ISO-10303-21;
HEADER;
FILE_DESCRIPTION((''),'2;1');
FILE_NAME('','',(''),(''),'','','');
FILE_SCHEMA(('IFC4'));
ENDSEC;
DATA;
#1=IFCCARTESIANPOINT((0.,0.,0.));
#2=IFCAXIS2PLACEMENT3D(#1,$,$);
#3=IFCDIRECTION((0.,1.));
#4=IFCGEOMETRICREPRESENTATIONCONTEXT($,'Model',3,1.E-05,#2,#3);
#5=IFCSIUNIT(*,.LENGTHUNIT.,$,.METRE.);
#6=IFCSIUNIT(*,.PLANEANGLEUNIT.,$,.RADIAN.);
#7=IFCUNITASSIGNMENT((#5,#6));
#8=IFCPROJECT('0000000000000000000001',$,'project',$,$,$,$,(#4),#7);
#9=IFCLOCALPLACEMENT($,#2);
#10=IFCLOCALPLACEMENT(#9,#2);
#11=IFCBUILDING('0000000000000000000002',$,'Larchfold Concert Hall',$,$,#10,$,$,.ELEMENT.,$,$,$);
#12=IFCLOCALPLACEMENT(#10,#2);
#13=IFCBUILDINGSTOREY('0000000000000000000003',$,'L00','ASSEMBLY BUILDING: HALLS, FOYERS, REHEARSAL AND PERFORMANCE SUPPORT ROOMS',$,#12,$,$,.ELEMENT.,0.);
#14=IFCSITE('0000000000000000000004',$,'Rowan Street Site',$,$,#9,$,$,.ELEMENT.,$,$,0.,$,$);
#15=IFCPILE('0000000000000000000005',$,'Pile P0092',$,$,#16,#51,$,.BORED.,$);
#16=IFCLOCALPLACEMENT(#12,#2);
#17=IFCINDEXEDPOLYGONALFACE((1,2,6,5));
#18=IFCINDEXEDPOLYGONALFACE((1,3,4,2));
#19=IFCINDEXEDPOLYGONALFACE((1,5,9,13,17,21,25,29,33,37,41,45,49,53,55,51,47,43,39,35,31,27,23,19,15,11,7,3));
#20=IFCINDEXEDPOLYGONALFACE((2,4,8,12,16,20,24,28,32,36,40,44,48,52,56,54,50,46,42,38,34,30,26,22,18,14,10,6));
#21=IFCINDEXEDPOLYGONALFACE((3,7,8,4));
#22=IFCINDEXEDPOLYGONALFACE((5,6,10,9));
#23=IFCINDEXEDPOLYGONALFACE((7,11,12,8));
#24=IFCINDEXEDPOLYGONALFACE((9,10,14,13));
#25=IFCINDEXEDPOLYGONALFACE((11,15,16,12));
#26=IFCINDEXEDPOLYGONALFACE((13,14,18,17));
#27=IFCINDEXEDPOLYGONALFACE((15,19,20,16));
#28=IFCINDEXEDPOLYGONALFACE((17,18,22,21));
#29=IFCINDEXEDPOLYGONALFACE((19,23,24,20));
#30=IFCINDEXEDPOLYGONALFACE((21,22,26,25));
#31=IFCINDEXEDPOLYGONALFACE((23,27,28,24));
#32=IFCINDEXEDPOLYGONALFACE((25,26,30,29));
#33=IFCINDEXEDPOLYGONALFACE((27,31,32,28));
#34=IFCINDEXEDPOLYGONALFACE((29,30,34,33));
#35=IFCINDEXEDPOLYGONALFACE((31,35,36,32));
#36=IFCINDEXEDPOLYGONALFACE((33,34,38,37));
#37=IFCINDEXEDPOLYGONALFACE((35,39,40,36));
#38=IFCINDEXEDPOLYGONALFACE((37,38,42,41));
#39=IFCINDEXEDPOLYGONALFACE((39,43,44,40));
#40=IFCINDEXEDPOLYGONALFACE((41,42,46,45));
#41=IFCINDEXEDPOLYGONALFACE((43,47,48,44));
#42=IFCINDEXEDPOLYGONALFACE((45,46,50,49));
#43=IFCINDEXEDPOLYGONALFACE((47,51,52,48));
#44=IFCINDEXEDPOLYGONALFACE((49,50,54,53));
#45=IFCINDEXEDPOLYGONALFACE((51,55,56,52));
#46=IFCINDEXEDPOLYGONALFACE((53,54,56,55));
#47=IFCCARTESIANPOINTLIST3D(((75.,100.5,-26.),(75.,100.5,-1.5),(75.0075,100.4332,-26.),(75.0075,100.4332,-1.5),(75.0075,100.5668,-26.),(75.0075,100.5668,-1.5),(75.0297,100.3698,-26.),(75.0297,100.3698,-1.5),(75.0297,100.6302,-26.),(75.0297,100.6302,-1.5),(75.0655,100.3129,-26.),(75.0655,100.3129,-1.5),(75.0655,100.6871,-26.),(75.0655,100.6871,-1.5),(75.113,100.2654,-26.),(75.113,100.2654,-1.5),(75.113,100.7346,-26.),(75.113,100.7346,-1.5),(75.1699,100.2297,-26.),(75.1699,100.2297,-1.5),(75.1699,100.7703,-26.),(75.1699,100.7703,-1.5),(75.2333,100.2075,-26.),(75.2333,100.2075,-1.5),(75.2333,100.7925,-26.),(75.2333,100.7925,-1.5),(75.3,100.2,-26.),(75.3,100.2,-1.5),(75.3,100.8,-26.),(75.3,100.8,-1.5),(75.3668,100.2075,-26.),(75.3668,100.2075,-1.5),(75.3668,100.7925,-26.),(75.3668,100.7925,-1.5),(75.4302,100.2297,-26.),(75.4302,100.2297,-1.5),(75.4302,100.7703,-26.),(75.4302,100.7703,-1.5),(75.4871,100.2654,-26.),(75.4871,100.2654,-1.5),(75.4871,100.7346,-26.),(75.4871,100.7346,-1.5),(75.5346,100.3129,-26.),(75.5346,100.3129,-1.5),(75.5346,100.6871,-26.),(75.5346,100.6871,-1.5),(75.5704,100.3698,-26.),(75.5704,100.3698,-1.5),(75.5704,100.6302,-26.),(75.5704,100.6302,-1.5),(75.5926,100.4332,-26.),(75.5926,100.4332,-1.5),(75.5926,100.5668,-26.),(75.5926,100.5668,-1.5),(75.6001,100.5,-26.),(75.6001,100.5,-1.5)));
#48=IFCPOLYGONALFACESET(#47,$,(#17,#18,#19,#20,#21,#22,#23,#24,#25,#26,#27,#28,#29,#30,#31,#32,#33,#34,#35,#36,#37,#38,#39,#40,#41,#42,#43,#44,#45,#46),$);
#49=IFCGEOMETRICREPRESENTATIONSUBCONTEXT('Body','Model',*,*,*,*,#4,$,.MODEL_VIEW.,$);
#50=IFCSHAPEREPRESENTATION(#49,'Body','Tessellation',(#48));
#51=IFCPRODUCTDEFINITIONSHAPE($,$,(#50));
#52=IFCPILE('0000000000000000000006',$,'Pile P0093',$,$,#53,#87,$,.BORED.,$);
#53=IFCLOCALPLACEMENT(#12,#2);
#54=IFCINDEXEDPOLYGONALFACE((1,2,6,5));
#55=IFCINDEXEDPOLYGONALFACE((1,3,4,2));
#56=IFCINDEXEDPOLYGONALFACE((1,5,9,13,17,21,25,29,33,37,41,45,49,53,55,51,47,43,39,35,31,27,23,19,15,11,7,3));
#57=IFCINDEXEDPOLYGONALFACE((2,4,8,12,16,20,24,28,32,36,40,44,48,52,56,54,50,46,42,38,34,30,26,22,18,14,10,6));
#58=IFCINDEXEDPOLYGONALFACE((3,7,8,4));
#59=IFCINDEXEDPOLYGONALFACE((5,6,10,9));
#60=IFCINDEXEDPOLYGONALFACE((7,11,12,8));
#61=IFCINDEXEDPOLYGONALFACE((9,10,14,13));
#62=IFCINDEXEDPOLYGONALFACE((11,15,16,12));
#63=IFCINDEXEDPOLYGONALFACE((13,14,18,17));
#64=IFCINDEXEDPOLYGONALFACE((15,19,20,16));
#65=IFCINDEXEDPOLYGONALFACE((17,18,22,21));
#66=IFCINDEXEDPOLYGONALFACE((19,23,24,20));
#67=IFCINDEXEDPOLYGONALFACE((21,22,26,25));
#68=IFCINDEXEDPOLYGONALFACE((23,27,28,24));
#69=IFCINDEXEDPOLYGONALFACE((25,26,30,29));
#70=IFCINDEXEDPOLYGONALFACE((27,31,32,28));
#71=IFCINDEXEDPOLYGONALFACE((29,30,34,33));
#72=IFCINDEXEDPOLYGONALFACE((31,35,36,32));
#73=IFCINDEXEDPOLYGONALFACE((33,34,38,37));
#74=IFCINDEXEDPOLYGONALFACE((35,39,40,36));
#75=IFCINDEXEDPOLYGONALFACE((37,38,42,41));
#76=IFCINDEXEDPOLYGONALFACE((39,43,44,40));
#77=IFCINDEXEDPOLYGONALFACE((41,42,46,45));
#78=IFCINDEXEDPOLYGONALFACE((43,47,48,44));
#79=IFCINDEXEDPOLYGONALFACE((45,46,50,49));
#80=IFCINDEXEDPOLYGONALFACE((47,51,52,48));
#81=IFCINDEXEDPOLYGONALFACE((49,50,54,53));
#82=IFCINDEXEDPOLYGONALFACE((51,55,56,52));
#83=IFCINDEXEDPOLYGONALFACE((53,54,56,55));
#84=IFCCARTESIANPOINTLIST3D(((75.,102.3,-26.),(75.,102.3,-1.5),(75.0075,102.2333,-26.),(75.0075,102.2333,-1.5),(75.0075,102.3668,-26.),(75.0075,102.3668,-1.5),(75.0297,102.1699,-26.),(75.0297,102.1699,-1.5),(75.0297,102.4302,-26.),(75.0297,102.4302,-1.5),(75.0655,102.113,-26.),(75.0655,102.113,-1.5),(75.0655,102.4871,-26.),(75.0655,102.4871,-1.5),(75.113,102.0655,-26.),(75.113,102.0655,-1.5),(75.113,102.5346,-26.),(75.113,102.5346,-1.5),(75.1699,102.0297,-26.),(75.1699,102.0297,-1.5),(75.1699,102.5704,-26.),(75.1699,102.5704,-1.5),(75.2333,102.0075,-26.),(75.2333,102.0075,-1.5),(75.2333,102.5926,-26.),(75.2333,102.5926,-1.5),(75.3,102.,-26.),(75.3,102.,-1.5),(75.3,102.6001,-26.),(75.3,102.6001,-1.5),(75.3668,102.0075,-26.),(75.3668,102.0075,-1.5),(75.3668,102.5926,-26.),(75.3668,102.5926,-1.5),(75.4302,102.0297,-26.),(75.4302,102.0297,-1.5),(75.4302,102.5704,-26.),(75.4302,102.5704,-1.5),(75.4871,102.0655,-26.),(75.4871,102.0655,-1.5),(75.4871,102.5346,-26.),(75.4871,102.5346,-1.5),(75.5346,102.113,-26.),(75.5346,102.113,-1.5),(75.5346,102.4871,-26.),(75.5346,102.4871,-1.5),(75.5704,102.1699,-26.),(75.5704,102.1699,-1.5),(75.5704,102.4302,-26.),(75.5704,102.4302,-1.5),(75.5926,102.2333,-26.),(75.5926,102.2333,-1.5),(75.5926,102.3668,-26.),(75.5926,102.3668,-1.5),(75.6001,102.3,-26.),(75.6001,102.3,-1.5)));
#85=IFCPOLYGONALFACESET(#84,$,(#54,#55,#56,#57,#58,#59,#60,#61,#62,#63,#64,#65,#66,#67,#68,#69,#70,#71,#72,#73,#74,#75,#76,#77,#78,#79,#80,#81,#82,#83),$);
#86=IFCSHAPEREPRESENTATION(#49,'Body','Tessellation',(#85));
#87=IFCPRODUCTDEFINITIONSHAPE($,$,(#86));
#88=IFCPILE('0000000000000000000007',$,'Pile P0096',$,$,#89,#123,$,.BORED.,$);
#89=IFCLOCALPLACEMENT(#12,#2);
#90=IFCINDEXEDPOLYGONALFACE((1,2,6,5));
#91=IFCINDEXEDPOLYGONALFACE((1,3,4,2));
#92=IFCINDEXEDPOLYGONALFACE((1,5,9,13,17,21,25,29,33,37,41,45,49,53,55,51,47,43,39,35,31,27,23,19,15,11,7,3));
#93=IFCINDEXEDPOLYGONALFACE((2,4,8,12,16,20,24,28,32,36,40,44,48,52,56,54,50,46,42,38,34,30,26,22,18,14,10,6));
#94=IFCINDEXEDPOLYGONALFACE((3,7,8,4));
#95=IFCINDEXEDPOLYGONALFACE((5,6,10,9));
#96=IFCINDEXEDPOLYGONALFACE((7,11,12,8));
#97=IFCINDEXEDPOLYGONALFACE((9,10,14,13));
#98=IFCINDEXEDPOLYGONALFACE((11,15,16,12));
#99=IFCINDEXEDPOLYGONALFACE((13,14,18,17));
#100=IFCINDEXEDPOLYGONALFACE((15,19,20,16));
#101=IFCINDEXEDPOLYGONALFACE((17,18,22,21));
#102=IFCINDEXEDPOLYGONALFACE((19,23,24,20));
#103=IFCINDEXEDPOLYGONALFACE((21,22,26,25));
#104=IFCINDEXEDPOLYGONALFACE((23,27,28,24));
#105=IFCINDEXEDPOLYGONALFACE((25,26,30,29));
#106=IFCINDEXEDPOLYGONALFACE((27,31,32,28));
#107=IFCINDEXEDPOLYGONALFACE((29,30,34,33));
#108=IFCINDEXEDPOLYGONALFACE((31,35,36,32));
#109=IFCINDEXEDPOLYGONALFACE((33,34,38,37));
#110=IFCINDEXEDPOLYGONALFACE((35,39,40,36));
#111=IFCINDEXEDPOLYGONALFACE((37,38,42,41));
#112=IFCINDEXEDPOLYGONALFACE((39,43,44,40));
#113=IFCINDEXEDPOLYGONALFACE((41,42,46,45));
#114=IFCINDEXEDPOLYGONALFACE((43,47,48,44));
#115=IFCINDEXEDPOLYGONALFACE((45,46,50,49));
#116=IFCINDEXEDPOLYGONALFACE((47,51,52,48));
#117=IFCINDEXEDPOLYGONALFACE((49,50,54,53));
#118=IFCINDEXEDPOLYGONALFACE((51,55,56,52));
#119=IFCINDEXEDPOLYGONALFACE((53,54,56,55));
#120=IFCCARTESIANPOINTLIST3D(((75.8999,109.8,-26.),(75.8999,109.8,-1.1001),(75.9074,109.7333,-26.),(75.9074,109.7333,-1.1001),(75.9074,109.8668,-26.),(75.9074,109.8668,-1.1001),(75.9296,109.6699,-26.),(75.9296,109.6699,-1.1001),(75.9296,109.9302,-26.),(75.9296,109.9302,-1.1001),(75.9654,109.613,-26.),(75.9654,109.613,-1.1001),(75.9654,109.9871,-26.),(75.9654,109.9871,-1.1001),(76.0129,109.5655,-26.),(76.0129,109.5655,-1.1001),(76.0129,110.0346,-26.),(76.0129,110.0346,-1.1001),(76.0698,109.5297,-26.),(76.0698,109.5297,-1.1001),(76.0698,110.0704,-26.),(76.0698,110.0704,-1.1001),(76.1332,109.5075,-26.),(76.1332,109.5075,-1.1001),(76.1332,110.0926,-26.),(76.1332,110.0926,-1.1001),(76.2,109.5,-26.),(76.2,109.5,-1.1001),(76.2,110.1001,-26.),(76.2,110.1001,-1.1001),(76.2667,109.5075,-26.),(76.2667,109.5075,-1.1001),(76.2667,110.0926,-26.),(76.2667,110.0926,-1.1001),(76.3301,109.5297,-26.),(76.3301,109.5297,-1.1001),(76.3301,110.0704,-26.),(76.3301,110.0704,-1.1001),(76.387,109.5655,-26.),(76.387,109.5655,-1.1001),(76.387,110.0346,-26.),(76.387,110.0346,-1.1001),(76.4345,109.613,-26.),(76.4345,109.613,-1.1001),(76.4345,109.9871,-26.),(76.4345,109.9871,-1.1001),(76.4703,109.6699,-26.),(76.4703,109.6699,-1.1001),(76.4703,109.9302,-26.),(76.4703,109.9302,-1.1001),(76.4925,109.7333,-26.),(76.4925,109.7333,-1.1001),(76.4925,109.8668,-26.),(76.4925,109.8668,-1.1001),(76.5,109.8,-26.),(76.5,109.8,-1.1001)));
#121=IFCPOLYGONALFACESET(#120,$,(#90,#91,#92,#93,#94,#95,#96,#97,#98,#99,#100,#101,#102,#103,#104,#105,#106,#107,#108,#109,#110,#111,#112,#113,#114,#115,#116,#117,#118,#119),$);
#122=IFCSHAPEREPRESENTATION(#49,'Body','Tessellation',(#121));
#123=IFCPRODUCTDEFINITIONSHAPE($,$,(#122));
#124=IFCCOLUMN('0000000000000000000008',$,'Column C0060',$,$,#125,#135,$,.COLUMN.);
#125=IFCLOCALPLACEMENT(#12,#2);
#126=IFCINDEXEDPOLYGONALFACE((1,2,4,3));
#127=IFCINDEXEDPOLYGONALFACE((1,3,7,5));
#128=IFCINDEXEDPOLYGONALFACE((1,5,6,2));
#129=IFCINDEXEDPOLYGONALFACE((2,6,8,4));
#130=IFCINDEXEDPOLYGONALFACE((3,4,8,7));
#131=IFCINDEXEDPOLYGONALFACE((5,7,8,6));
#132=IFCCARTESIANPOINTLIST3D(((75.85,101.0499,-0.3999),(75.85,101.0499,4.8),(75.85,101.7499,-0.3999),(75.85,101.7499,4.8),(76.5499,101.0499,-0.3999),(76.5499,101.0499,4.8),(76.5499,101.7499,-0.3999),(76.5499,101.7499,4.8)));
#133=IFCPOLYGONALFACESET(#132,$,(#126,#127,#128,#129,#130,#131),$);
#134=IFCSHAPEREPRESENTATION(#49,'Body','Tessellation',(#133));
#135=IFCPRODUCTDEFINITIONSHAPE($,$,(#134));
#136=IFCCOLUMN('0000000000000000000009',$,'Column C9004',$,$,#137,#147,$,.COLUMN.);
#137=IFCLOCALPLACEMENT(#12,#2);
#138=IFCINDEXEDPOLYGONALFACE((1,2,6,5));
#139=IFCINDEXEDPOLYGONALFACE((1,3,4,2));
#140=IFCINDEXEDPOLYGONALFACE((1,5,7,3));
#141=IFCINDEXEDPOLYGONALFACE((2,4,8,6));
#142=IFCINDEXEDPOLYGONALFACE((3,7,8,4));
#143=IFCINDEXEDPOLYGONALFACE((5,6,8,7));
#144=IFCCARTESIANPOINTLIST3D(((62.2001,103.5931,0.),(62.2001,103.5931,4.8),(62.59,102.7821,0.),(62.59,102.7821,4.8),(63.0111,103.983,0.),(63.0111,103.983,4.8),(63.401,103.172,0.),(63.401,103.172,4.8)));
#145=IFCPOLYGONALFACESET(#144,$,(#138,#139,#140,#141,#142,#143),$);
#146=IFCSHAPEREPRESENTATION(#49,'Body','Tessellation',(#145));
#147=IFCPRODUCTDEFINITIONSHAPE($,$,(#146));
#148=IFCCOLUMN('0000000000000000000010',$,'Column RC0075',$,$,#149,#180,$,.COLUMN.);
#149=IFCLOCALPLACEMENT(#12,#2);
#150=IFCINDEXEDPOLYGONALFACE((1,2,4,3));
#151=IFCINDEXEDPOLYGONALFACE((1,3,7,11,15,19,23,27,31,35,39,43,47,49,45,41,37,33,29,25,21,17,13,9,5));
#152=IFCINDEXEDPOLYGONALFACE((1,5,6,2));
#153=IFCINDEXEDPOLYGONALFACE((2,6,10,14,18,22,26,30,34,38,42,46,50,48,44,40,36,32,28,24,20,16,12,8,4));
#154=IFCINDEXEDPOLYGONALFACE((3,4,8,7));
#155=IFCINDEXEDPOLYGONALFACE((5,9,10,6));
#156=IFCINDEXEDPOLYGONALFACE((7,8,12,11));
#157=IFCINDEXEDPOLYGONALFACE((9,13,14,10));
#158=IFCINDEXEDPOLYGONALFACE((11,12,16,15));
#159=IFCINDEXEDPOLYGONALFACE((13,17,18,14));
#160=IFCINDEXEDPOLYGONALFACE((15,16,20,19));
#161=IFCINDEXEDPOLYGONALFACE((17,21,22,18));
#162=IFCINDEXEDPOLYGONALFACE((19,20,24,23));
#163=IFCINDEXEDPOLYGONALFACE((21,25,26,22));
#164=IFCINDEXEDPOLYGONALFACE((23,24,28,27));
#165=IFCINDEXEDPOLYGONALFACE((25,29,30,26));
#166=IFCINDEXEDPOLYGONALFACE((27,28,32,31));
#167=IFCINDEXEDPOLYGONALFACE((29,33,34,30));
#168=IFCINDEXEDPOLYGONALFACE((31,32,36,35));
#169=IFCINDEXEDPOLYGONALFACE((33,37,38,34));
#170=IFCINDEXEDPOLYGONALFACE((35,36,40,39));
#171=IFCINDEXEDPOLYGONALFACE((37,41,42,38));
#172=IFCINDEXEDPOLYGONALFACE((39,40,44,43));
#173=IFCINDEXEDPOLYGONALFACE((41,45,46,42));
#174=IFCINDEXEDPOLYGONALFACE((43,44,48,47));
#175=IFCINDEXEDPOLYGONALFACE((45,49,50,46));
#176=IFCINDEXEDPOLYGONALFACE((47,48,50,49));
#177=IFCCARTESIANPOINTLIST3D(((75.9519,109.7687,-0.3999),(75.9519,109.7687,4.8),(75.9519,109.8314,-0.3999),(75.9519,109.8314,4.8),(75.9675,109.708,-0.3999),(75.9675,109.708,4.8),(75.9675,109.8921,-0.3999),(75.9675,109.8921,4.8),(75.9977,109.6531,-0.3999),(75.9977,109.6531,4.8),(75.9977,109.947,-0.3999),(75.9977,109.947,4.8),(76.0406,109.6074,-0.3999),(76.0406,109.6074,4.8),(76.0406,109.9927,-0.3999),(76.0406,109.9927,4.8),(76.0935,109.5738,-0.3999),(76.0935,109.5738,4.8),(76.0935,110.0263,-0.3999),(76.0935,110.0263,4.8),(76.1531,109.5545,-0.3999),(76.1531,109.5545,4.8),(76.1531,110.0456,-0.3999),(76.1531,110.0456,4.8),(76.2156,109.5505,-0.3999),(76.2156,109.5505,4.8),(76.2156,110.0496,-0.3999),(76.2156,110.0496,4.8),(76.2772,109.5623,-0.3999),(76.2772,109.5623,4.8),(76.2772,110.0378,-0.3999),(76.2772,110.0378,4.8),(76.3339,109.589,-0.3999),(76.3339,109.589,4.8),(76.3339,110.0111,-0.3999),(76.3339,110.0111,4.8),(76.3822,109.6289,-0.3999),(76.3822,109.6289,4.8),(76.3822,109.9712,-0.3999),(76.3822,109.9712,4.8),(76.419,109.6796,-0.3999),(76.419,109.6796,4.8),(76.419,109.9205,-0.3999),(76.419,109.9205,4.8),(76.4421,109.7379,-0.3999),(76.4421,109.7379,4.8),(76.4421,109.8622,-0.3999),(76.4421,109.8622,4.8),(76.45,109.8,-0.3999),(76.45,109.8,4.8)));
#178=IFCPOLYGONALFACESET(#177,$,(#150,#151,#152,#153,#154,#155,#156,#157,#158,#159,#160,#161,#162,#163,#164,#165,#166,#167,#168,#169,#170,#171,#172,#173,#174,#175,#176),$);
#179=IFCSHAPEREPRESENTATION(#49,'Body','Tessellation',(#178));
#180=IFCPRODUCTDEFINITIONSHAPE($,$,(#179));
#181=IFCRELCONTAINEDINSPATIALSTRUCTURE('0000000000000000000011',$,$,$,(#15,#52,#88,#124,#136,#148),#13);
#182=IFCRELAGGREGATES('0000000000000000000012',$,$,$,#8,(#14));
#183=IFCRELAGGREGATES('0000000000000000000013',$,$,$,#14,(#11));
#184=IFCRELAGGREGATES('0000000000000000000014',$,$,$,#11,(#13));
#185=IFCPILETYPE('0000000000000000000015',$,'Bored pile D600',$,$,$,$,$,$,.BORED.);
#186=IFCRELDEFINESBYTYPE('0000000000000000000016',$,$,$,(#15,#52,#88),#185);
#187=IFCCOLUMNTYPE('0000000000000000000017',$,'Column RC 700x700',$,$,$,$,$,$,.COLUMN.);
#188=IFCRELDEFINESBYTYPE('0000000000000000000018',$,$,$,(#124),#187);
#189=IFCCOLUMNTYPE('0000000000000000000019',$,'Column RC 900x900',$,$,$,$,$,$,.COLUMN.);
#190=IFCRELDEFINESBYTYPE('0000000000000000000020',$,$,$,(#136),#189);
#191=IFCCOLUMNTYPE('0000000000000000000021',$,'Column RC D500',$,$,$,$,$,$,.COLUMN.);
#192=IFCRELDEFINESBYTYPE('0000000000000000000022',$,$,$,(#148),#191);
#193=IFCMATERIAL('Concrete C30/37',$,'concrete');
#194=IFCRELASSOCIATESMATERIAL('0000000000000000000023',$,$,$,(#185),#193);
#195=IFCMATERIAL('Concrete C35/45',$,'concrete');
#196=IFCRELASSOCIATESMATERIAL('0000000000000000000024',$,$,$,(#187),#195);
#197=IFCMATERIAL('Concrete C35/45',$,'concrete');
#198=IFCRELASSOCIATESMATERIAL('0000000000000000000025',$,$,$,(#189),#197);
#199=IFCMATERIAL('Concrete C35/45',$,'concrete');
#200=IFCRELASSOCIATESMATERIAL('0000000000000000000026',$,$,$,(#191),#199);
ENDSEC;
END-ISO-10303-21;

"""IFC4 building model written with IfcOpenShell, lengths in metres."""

from ifc_helpers import new_model, si_unit, direction, frame, origin, origin_2d, place, context, subcontext, project, spatial, rectangle, circle, extrude, material, material_profile, profile_set, type_object, element, save


model = new_model("IFC4")

# Units and contexts
model_context = context("Model", 3, precision=1e-05, world=origin(), true_north=direction((0.0, 1.0)))
body_context = subcontext(model_context, "Body", "Model", "MODEL_VIEW")
ifc_project = project(units=[si_unit("LENGTHUNIT", "METRE"), si_unit("PLANEANGLEUNIT", "RADIAN")], contexts=[model_context])

# Site, building, storey
site_placement = place(None, origin())
site = spatial("IfcSite", under=ifc_project, at=site_placement, Name="Rowan Street Site", CompositionType="ELEMENT", RefElevation=0.0)
building_placement = place(site_placement, origin())
building = spatial("IfcBuilding", under=site, at=building_placement, Name="Larchfold Concert Hall", CompositionType="ELEMENT")
storey_placement = place(building_placement, origin())
storey = spatial("IfcBuildingStorey", under=building, at=storey_placement, Name="L00", Description="ASSEMBLY BUILDING: HALLS, FOYERS, REHEARSAL AND PERFORMANCE SUPPORT ROOMS", CompositionType="ELEMENT", Elevation=0.0)

# Piles
ifc_material_1 = material(Name="Concrete C30/37", Category="concrete")
ifc_material_profile_1 = material_profile(ifc_material_1, circle(Radius=0.3, at=origin_2d()))
ifc_profile_set_1 = profile_set([ifc_material_profile_1], Name="Concrete C30/37")
pile_type = type_object("IfcPileType", Name="Bored pile D600", PredefinedType="BORED", material=ifc_profile_set_1)
for number, where, z_axis, x_axis, name in (
    (1, (75.3, 100.5, -1.5), (0.0, 0.0, -1.0), (1.0, 0.0, 0.0), "Pile P0092"),
    (2, (75.3, 102.3, -1.5), (0.0, 0.0, -1.0), (1.0, 0.0, 0.0), "Pile P0093"),
):
    element("IfcPile", number, at=place(storey_placement, frame(where, z_axis=z_axis, x_axis=x_axis)), inside=storey, type_object=pile_type, Name=name, PredefinedType="BORED", context=body_context, shape_type="SweptSolid", body=[
        extrude(circle(Radius=0.3, at=origin_2d()), origin(), (0.0, 0.0, 1.0), 24.5),
    ])
pile_placement = place(storey_placement, frame((76.2, 109.8, -1.1001), z_axis=(0.0, 0.0, -1.0), x_axis=(1.0, 0.0, 0.0)))
element("IfcPile", 3, at=pile_placement, inside=storey, type_object=pile_type, Name="Pile P0096", PredefinedType="BORED", context=body_context, shape_type="SweptSolid", body=[
    extrude(circle(Radius=0.3, at=origin_2d()), origin(), (0.0, 0.0, 1.0), 24.8999),
])

# Columns
ifc_material_2 = material(Name="Concrete C35/45", Category="concrete")
ifc_material_profile_2 = material_profile(ifc_material_2, rectangle(XDim=0.7, YDim=0.7, at=origin_2d()))
ifc_profile_set_2 = profile_set([ifc_material_profile_2], Name="Concrete C35/45")
column_type_1 = type_object("IfcColumnType", Name="Column RC 700x700", PredefinedType="COLUMN", material=ifc_profile_set_2)
column_1_placement = place(storey_placement, frame((76.2, 101.3999, -0.3999), z_axis=(0.0, 0.0, 1.0), x_axis=(1.0, 0.0, 0.0)))
element("IfcColumn", 4, at=column_1_placement, inside=storey, type_object=column_type_1, Name="Column C0060", PredefinedType="COLUMN", context=body_context, shape_type="SweptSolid", body=[
    extrude(rectangle(XDim=0.7, YDim=0.7, at=origin_2d()), origin(), (0.0, 0.0, 1.0), 5.2),
])
ifc_material_3 = material(Name="Concrete C35/45", Category="concrete")
ifc_material_profile_3 = material_profile(ifc_material_3, rectangle(XDim=0.8999, YDim=0.8999, at=origin_2d()))
ifc_profile_set_3 = profile_set([ifc_material_profile_3], Name="Concrete C35/45")
column_type_2 = type_object("IfcColumnType", Name="Column RC 900x900", PredefinedType="COLUMN", material=ifc_profile_set_3)
column_2_placement = place(storey_placement, frame((62.8005, 103.3826, 0.0), z_axis=(0.0, 0.0, 1.0), x_axis=(0.901263, 0.433272, 0.0)))
element("IfcColumn", 5, at=column_2_placement, inside=storey, type_object=column_type_2, Name="Column C9004", PredefinedType="COLUMN", context=body_context, shape_type="SweptSolid", body=[
    extrude(rectangle(XDim=0.8999, YDim=0.8999, at=origin_2d()), origin(), (0.0, 0.0, 1.0), 4.8),
])
ifc_material_4 = material(Name="Concrete C35/45", Category="concrete")
ifc_material_profile_4 = material_profile(ifc_material_4, circle(Radius=0.25, at=origin_2d()))
ifc_profile_set_4 = profile_set([ifc_material_profile_4], Name="Concrete C35/45")
column_type_3 = type_object("IfcColumnType", Name="Column RC D500", PredefinedType="COLUMN", material=ifc_profile_set_4)
column_3_placement = place(storey_placement, frame((76.2, 109.8, -0.3999), z_axis=(0.0, 0.0, 1.0), x_axis=(1.0, 0.0, 0.0)))
element("IfcColumn", 6, at=column_3_placement, inside=storey, type_object=column_type_3, Name="Column RC0075", PredefinedType="COLUMN", context=body_context, shape_type="SweptSolid", body=[
    extrude(circle(Radius=0.25, at=origin_2d()), origin(), (0.0, 0.0, 1.0), 5.2),
])

save(model, "model.ifc")
